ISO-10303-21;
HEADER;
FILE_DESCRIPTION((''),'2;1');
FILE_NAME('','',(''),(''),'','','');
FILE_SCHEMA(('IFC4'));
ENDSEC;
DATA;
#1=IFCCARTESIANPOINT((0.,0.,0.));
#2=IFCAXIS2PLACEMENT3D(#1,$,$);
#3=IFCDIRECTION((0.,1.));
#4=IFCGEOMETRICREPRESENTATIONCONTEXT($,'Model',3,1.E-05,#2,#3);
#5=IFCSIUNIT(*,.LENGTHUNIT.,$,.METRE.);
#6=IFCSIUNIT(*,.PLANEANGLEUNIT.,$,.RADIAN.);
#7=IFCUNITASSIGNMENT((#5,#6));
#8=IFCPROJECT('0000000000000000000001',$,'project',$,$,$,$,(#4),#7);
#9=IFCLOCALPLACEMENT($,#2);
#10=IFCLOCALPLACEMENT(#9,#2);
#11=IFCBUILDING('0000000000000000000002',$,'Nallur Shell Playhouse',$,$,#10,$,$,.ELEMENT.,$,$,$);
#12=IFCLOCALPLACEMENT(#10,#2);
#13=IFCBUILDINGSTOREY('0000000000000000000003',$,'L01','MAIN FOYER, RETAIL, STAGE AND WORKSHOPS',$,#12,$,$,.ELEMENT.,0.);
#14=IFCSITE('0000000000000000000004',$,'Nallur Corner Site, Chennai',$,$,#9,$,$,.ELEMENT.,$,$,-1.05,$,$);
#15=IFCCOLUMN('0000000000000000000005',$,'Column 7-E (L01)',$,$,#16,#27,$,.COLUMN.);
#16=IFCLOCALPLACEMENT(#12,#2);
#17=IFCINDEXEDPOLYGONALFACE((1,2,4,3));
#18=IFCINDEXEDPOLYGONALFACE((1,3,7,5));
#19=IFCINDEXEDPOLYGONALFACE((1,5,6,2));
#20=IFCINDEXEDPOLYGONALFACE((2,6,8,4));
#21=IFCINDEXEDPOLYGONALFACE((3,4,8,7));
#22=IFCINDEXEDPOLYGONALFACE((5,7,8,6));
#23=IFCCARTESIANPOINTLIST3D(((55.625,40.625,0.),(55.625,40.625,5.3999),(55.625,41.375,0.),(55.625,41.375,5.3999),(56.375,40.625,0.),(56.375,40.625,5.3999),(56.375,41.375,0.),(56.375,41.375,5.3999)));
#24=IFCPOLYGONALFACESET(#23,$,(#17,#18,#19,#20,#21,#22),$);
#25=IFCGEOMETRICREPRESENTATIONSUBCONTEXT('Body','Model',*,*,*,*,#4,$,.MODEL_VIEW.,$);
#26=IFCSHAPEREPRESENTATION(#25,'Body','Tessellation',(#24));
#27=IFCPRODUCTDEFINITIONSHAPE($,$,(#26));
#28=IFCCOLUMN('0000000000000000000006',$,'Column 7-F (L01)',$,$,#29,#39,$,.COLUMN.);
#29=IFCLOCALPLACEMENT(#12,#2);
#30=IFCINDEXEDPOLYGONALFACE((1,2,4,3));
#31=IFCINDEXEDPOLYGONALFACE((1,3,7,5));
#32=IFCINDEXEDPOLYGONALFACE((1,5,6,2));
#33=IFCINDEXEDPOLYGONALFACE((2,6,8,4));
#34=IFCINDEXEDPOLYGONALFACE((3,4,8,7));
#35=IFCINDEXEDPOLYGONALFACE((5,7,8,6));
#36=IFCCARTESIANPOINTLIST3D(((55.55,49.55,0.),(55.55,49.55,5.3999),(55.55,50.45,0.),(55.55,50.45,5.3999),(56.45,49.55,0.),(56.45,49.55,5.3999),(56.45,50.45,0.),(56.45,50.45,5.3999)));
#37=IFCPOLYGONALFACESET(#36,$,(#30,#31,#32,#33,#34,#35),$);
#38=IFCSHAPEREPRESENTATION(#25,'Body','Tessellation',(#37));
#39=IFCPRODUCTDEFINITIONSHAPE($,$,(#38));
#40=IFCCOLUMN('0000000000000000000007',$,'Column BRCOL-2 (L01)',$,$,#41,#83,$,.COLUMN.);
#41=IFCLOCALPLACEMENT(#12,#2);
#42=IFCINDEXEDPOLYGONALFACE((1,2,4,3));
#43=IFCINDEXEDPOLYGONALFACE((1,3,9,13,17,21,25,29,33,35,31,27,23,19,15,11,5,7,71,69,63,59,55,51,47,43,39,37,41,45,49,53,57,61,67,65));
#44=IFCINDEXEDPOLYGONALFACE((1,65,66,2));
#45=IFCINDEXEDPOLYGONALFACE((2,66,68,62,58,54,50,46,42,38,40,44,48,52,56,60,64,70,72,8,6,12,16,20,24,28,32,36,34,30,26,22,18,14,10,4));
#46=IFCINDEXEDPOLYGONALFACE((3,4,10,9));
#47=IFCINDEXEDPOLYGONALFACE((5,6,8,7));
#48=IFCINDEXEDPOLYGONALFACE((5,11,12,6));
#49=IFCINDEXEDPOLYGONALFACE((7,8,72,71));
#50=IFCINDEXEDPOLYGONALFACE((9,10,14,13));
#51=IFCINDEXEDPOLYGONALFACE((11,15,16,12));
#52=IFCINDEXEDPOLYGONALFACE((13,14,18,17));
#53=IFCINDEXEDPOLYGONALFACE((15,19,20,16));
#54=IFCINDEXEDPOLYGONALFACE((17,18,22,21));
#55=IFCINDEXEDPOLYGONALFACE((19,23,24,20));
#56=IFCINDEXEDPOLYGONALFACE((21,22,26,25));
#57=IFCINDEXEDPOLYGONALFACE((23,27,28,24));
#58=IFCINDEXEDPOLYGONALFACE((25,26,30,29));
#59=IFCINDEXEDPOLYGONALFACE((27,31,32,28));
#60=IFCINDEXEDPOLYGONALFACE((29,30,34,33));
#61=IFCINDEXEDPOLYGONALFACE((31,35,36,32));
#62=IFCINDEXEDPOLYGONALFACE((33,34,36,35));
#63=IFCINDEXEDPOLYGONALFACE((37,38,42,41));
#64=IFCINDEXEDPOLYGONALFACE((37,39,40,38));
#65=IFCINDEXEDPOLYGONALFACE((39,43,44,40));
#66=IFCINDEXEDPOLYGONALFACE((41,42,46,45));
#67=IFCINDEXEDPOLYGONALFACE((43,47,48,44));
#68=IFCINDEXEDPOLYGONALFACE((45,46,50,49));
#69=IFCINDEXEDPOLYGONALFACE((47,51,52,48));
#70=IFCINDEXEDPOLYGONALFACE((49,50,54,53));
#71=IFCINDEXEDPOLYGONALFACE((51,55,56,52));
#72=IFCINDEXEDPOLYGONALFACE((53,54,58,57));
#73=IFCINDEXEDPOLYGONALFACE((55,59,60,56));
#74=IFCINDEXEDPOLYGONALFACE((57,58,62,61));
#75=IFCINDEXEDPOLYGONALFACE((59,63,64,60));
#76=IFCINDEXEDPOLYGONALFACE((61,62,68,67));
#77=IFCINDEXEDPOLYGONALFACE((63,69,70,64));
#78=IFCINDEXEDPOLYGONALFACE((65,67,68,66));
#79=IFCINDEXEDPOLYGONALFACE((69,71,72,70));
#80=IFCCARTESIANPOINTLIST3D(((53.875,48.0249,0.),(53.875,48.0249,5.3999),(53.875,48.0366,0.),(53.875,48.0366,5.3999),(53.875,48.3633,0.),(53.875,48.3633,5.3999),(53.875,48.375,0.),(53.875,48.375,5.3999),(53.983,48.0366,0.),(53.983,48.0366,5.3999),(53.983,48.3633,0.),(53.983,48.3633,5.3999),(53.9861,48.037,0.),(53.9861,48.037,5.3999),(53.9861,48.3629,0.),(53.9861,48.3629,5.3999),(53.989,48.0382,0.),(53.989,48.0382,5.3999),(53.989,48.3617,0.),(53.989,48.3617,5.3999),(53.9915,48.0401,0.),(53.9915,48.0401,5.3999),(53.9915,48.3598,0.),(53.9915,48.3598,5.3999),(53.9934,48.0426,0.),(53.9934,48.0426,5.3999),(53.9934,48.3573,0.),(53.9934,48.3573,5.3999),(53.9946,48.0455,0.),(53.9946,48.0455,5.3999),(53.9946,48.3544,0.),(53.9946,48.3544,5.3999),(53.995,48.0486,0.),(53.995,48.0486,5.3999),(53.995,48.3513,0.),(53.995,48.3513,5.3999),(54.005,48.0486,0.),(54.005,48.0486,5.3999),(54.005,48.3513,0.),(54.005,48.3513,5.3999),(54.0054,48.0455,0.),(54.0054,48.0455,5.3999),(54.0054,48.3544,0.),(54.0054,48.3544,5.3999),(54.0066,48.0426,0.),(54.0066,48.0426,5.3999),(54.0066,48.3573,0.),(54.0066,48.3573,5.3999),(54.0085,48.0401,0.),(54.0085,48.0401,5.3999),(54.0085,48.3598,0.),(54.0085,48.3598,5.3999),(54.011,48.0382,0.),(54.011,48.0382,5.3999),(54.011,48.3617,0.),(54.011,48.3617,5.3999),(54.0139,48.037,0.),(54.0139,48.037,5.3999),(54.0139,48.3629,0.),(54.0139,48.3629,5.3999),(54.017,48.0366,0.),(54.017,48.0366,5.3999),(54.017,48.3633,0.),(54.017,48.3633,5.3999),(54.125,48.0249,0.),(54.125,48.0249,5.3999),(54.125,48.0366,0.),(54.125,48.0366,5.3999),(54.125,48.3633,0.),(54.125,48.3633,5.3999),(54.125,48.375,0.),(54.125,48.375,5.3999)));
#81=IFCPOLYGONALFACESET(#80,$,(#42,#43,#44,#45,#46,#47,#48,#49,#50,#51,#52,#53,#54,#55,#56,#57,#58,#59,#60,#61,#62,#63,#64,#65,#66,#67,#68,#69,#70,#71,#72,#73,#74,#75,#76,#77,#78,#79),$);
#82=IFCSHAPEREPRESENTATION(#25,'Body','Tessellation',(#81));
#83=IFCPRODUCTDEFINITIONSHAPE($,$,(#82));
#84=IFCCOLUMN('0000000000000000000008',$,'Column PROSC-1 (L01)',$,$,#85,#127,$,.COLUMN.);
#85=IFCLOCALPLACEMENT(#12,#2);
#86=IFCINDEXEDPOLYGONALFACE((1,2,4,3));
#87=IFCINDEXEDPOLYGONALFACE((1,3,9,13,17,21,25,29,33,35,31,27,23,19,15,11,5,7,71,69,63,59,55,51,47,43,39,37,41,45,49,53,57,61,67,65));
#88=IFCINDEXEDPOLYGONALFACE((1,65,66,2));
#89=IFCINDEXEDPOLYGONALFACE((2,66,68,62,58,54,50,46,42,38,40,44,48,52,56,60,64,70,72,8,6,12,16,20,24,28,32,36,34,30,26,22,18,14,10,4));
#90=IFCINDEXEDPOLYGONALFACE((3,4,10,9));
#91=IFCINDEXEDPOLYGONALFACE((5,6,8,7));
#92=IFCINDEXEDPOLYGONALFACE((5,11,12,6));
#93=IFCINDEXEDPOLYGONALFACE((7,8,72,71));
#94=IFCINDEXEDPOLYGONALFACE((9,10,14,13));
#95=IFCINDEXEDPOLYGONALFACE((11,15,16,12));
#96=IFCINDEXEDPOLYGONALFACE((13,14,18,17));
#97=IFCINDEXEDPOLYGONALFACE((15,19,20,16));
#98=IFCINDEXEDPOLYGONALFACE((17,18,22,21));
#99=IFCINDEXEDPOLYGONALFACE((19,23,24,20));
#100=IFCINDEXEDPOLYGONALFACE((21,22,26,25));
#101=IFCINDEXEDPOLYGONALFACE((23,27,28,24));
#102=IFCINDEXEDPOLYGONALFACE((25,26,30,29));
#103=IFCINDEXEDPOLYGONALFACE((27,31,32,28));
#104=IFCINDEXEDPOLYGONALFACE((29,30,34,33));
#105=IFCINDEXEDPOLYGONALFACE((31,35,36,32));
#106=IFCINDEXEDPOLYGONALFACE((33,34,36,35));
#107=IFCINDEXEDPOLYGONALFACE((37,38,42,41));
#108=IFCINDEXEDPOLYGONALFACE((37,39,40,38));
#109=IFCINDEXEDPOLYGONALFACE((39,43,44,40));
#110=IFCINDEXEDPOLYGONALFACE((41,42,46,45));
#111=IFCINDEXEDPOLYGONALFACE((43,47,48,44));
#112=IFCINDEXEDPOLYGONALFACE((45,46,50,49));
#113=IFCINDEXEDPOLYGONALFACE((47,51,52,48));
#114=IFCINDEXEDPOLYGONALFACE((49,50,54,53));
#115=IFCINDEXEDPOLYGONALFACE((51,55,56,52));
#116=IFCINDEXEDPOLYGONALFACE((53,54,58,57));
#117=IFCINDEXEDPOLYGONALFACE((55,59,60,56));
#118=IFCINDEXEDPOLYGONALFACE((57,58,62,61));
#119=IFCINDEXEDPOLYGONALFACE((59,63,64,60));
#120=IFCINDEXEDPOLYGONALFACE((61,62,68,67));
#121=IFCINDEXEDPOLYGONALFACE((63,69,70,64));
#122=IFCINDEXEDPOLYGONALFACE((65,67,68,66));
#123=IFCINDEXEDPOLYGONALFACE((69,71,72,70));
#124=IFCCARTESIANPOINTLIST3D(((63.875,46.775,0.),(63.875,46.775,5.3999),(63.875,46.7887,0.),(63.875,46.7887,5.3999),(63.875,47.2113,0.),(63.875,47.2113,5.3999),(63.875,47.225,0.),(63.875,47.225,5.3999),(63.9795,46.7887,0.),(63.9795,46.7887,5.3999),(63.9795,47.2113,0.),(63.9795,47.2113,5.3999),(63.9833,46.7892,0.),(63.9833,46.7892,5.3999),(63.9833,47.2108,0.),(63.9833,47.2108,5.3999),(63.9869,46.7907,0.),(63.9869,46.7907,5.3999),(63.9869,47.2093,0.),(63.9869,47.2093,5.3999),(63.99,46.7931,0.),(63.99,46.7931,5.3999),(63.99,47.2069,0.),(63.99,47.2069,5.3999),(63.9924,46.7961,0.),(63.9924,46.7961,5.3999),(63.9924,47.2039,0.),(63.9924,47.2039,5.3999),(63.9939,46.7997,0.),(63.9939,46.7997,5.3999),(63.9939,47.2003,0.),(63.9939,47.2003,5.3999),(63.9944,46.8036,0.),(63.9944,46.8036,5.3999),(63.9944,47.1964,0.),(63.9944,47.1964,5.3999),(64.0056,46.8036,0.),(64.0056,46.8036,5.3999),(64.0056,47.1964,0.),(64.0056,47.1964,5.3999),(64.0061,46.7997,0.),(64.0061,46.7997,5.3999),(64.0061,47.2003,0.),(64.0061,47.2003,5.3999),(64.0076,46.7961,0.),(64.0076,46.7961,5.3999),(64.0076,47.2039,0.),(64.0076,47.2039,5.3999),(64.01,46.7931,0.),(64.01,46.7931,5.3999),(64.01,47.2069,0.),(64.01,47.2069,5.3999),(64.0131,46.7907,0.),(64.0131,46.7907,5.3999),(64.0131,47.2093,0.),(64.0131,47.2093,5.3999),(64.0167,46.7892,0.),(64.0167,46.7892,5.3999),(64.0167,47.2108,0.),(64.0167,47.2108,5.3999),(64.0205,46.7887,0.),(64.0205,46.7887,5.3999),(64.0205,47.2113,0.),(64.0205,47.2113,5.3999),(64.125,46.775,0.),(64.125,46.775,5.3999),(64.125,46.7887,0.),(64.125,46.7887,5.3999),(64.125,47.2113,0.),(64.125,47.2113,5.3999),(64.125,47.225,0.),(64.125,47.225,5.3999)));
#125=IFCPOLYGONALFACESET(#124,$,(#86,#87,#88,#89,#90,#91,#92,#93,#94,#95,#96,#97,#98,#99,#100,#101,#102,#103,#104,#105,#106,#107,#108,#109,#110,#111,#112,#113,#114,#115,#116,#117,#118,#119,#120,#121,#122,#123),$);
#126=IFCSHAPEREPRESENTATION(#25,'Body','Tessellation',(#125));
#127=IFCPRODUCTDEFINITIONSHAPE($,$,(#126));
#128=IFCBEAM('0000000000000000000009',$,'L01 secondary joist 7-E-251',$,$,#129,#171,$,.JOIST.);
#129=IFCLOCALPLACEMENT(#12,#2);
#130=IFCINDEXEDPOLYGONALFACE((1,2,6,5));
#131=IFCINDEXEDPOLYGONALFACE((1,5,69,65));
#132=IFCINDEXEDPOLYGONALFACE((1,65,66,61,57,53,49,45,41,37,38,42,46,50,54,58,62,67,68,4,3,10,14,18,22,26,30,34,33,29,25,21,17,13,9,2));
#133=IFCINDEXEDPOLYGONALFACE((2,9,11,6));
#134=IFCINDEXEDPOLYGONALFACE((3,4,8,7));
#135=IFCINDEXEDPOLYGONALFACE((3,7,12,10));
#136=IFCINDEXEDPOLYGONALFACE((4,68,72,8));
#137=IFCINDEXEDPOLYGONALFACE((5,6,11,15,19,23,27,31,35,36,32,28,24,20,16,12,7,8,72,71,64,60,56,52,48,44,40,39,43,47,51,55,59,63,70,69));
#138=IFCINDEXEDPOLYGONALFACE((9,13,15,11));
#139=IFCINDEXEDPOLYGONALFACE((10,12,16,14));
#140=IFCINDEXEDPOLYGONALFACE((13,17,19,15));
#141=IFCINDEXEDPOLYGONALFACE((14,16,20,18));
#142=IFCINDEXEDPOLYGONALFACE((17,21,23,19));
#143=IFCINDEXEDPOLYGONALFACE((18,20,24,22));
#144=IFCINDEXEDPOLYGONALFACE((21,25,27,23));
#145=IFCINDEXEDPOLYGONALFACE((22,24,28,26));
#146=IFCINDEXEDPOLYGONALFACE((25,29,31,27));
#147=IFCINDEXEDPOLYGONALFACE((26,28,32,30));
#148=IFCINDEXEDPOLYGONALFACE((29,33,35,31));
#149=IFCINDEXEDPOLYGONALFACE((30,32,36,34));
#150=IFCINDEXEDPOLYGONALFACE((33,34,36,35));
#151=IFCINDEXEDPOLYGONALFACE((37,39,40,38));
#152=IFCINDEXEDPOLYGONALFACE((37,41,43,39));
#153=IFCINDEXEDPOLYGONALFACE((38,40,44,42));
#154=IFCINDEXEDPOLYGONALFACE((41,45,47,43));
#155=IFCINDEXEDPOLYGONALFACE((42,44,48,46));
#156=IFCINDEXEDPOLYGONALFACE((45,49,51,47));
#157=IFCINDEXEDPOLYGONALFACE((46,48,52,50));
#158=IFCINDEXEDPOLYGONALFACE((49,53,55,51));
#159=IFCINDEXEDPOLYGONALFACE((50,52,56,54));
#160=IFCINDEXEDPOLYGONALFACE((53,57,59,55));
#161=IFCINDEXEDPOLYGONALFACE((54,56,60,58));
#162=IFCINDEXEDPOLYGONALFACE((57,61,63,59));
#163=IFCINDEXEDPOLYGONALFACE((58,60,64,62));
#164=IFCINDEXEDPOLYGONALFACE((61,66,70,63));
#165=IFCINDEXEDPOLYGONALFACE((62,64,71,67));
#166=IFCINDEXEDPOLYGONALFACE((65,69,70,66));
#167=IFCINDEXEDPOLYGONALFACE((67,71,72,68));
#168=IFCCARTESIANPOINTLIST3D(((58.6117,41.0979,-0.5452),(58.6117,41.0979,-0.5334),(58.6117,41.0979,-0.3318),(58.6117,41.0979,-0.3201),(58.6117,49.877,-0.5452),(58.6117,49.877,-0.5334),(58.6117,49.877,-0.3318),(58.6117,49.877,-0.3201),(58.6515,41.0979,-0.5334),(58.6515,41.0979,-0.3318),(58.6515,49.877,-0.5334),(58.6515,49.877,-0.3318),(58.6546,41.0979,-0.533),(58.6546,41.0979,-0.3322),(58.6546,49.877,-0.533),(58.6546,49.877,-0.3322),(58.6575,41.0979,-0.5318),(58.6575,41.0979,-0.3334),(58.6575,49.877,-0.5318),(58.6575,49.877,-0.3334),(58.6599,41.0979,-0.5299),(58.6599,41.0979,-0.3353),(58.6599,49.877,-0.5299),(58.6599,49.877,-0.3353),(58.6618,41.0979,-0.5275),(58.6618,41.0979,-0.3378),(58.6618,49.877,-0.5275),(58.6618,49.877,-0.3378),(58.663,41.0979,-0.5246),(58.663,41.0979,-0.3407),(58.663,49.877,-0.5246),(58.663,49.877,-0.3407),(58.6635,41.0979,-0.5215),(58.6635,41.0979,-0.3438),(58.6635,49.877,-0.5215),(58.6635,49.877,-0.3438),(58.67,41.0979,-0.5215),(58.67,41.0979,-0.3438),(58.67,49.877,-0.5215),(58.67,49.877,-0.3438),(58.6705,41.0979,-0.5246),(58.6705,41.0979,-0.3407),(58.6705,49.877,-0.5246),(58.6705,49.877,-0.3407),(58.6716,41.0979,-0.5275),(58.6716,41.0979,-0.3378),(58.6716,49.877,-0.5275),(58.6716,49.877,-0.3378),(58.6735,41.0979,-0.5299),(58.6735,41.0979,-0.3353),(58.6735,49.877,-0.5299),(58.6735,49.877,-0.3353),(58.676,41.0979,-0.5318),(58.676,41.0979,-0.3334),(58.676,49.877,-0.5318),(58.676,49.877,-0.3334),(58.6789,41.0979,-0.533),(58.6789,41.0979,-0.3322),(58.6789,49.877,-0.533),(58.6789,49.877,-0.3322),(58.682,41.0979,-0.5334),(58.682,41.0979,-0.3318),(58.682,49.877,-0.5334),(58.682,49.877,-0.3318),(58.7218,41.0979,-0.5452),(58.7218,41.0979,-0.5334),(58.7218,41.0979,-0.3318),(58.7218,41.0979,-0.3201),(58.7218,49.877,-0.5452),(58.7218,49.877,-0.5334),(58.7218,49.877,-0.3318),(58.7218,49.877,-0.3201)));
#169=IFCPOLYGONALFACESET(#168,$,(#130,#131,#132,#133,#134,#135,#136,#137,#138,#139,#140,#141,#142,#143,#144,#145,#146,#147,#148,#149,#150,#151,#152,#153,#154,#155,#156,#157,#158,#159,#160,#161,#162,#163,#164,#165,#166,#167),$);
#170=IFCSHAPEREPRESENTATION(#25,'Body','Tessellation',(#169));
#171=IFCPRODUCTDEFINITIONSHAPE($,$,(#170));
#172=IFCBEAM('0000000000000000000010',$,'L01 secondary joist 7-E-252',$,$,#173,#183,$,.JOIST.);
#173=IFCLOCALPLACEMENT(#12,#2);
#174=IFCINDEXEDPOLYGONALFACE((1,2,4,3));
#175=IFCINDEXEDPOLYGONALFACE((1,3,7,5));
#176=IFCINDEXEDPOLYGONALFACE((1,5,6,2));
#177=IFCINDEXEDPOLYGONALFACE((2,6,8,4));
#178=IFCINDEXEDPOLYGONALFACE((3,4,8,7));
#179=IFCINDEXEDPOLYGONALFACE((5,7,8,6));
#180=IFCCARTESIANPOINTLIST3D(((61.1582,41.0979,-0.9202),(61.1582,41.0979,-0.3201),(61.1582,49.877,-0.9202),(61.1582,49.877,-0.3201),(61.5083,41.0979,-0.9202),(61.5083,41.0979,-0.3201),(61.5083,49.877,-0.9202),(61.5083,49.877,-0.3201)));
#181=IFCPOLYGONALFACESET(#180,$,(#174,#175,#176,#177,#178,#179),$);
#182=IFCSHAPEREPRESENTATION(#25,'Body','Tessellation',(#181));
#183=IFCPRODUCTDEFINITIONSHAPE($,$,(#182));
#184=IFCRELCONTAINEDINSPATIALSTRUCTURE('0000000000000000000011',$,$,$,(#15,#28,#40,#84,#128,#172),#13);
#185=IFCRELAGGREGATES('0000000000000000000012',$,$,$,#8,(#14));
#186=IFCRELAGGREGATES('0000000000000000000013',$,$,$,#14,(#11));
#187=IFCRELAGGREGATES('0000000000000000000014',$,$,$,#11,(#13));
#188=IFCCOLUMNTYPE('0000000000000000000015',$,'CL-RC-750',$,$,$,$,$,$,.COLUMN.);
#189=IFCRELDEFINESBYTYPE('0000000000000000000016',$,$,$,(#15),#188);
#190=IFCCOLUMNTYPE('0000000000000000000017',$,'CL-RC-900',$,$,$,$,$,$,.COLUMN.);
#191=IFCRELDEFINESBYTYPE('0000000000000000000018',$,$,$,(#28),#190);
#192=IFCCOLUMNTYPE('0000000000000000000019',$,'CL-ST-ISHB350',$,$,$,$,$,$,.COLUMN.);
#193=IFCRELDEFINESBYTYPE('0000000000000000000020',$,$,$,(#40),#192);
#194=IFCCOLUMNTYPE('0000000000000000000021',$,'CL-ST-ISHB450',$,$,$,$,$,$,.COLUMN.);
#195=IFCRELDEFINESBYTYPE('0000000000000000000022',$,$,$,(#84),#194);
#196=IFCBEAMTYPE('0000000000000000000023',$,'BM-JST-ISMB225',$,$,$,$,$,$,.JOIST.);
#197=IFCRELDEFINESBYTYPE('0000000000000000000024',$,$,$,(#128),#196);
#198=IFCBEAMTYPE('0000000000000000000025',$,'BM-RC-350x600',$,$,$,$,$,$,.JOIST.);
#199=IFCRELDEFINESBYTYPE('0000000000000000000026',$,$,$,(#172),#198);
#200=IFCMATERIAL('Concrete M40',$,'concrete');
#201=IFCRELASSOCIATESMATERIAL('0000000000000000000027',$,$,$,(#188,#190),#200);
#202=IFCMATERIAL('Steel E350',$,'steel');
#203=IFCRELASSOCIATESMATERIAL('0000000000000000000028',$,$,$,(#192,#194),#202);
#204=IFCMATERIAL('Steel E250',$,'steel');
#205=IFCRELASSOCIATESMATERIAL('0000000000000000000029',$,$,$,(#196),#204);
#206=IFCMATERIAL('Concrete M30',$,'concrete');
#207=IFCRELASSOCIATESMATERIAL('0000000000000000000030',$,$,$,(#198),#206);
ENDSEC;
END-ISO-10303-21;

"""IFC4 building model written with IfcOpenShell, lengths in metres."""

from ifc_helpers import new_model, si_unit, direction, frame, origin, origin_2d, place, context, subcontext, project, spatial, rectangle, i_section, extrude, material, material_profile, profile_set, type_object, element, save


model = new_model("IFC4")

# Units and contexts
model_context = context("Model", 3, precision=1e-05, world=origin(), true_north=direction((0.0, 1.0)))
body_context = subcontext(model_context, "Body", "Model", "MODEL_VIEW")
ifc_project = project(units=[si_unit("LENGTHUNIT", "METRE"), si_unit("PLANEANGLEUNIT", "RADIAN")], contexts=[model_context])

# Site, building, storey
site_placement = place(None, origin())
site = spatial("IfcSite", under=ifc_project, at=site_placement, Name="Nallur Corner Site, Chennai", CompositionType="ELEMENT", RefElevation=-1.05)
building_placement = place(site_placement, origin())
building = spatial("IfcBuilding", under=site, at=building_placement, Name="Nallur Shell Playhouse", CompositionType="ELEMENT")
storey_placement = place(building_placement, origin())
storey = spatial("IfcBuildingStorey", under=building, at=storey_placement, Name="L01", Description="MAIN FOYER, RETAIL, STAGE AND WORKSHOPS", CompositionType="ELEMENT", Elevation=0.0)

# Columns
ifc_material_1 = material(Name="Concrete M40", Category="concrete")
ifc_material_profile_1 = material_profile(ifc_material_1, rectangle(XDim=0.75, YDim=0.75, at=origin_2d()), Name="RC 750x750")
ifc_profile_set_1 = profile_set([ifc_material_profile_1], Name="Concrete M40")
column_type_1 = type_object("IfcColumnType", Name="CL-RC-750", PredefinedType="COLUMN", material=ifc_profile_set_1)
column_1_placement = place(storey_placement, frame((56.0, 41.0, 0.0), z_axis=(0.0, 0.0, 1.0), x_axis=(1.0, 0.0, 0.0)))
element("IfcColumn", 1, at=column_1_placement, inside=storey, type_object=column_type_1, Name="Column 7-E (L01)", PredefinedType="COLUMN", context=body_context, shape_type="SweptSolid", body=[
    extrude(rectangle(XDim=0.75, YDim=0.75, at=origin_2d()), origin(), (0.0, 0.0, 1.0), 5.3999),
])
ifc_material_profile_2 = material_profile(ifc_material_1, rectangle(XDim=0.8999, YDim=0.8999, at=origin_2d()), Name="RC 900x900")
ifc_profile_set_2 = profile_set([ifc_material_profile_2], Name="Concrete M40")
column_type_2 = type_object("IfcColumnType", Name="CL-RC-900", PredefinedType="COLUMN", material=ifc_profile_set_2)
column_2_placement = place(storey_placement, frame((56.0, 50.0, 0.0), z_axis=(0.0, 0.0, 1.0), x_axis=(1.0, 0.0, 0.0)))
element("IfcColumn", 2, at=column_2_placement, inside=storey, type_object=column_type_2, Name="Column 7-F (L01)", PredefinedType="COLUMN", context=body_context, shape_type="SweptSolid", body=[
    extrude(rectangle(XDim=0.8999, YDim=0.8999, at=origin_2d()), origin(), (0.0, 0.0, 1.0), 5.3999),
])
ifc_material_2 = material(Name="Steel E350", Category="steel")
ifc_material_profile_3 = material_profile(ifc_material_2, i_section(OverallWidth=0.25, OverallDepth=0.3501, WebThickness=0.01, FlangeThickness=0.0117, FilletRadius=0.012, at=origin_2d()), Name="ISHB 350")
ifc_profile_set_3 = profile_set([ifc_material_profile_3], Name="Steel E350")
column_type_3 = type_object("IfcColumnType", Name="CL-ST-ISHB350", PredefinedType="COLUMN", material=ifc_profile_set_3)
column_3_placement = place(storey_placement, frame((54.0, 48.2, 0.0), z_axis=(0.0, 0.0, 1.0), x_axis=(1.0, 0.0, 0.0)))
element("IfcColumn", 3, at=column_3_placement, inside=storey, type_object=column_type_3, Name="Column BRCOL-2 (L01)", PredefinedType="COLUMN", context=body_context, shape_type="SweptSolid", body=[
    extrude(i_section(OverallWidth=0.25, OverallDepth=0.3501, WebThickness=0.01, FlangeThickness=0.0117, FilletRadius=0.012, at=origin_2d()), origin(), (0.0, 0.0, 1.0), 5.3999),
])
ifc_material_profile_4 = material_profile(ifc_material_2, i_section(OverallWidth=0.25, OverallDepth=0.45, WebThickness=0.0112, FlangeThickness=0.0137, FilletRadius=0.0149, at=origin_2d()), Name="ISHB 450")
ifc_profile_set_4 = profile_set([ifc_material_profile_4], Name="Steel E350")
column_type_4 = type_object("IfcColumnType", Name="CL-ST-ISHB450", PredefinedType="COLUMN", material=ifc_profile_set_4)
column_4_placement = place(storey_placement, frame((64.0, 47.0, 0.0), z_axis=(0.0, 0.0, 1.0), x_axis=(1.0, 0.0, 0.0)))
element("IfcColumn", 4, at=column_4_placement, inside=storey, type_object=column_type_4, Name="Column PROSC-1 (L01)", PredefinedType="COLUMN", context=body_context, shape_type="SweptSolid", body=[
    extrude(i_section(OverallWidth=0.25, OverallDepth=0.45, WebThickness=0.0112, FlangeThickness=0.0137, FilletRadius=0.0149, at=origin_2d()), origin(), (0.0, 0.0, 1.0), 5.3999),
])

# Beams
ifc_material_3 = material(Name="Steel E250", Category="steel")
ifc_material_profile_5 = material_profile(ifc_material_3, i_section(OverallWidth=0.1101, OverallDepth=0.2251, WebThickness=0.0066, FlangeThickness=0.0117, FilletRadius=0.012, at=origin_2d()), Name="ISMB 225")
ifc_profile_set_5 = profile_set([ifc_material_profile_5], Name="Steel E250")
beam_type_1 = type_object("IfcBeamType", Name="BM-JST-ISMB225", PredefinedType="JOIST", material=ifc_profile_set_5)
beam_1_placement = place(storey_placement, frame((58.6667, 41.0979, -0.4326), z_axis=(0.0, 1.0, 0.0), x_axis=(-1.0, 0.0, 0.0)))
element("IfcBeam", 5, at=beam_1_placement, inside=storey, type_object=beam_type_1, Name="L01 secondary joist 7-E-251", PredefinedType="JOIST", context=body_context, shape_type="SweptSolid", body=[
    extrude(i_section(OverallWidth=0.1101, OverallDepth=0.2251, WebThickness=0.0066, FlangeThickness=0.0117, FilletRadius=0.012, at=origin_2d()), origin(), (0.0, 0.0, 1.0), 8.7791),
])
ifc_material_4 = material(Name="Concrete M30", Category="concrete")
ifc_material_profile_6 = material_profile(ifc_material_4, rectangle(XDim=0.3501, YDim=0.6001, at=origin_2d()), Name="RC 350x600")
ifc_profile_set_6 = profile_set([ifc_material_profile_6], Name="Concrete M30")
beam_type_2 = type_object("IfcBeamType", Name="BM-RC-350x600", PredefinedType="JOIST", material=ifc_profile_set_6)
beam_2_placement = place(storey_placement, frame((61.3333, 41.0979, -0.6201), z_axis=(0.0, 1.0, 0.0), x_axis=(-1.0, 0.0, 0.0)))
element("IfcBeam", 6, at=beam_2_placement, inside=storey, type_object=beam_type_2, Name="L01 secondary joist 7-E-252", PredefinedType="JOIST", context=body_context, shape_type="SweptSolid", body=[
    extrude(rectangle(XDim=0.3501, YDim=0.6001, at=origin_2d()), origin(), (0.0, 0.0, 1.0), 8.7791),
])

save(model, "model.ifc")
